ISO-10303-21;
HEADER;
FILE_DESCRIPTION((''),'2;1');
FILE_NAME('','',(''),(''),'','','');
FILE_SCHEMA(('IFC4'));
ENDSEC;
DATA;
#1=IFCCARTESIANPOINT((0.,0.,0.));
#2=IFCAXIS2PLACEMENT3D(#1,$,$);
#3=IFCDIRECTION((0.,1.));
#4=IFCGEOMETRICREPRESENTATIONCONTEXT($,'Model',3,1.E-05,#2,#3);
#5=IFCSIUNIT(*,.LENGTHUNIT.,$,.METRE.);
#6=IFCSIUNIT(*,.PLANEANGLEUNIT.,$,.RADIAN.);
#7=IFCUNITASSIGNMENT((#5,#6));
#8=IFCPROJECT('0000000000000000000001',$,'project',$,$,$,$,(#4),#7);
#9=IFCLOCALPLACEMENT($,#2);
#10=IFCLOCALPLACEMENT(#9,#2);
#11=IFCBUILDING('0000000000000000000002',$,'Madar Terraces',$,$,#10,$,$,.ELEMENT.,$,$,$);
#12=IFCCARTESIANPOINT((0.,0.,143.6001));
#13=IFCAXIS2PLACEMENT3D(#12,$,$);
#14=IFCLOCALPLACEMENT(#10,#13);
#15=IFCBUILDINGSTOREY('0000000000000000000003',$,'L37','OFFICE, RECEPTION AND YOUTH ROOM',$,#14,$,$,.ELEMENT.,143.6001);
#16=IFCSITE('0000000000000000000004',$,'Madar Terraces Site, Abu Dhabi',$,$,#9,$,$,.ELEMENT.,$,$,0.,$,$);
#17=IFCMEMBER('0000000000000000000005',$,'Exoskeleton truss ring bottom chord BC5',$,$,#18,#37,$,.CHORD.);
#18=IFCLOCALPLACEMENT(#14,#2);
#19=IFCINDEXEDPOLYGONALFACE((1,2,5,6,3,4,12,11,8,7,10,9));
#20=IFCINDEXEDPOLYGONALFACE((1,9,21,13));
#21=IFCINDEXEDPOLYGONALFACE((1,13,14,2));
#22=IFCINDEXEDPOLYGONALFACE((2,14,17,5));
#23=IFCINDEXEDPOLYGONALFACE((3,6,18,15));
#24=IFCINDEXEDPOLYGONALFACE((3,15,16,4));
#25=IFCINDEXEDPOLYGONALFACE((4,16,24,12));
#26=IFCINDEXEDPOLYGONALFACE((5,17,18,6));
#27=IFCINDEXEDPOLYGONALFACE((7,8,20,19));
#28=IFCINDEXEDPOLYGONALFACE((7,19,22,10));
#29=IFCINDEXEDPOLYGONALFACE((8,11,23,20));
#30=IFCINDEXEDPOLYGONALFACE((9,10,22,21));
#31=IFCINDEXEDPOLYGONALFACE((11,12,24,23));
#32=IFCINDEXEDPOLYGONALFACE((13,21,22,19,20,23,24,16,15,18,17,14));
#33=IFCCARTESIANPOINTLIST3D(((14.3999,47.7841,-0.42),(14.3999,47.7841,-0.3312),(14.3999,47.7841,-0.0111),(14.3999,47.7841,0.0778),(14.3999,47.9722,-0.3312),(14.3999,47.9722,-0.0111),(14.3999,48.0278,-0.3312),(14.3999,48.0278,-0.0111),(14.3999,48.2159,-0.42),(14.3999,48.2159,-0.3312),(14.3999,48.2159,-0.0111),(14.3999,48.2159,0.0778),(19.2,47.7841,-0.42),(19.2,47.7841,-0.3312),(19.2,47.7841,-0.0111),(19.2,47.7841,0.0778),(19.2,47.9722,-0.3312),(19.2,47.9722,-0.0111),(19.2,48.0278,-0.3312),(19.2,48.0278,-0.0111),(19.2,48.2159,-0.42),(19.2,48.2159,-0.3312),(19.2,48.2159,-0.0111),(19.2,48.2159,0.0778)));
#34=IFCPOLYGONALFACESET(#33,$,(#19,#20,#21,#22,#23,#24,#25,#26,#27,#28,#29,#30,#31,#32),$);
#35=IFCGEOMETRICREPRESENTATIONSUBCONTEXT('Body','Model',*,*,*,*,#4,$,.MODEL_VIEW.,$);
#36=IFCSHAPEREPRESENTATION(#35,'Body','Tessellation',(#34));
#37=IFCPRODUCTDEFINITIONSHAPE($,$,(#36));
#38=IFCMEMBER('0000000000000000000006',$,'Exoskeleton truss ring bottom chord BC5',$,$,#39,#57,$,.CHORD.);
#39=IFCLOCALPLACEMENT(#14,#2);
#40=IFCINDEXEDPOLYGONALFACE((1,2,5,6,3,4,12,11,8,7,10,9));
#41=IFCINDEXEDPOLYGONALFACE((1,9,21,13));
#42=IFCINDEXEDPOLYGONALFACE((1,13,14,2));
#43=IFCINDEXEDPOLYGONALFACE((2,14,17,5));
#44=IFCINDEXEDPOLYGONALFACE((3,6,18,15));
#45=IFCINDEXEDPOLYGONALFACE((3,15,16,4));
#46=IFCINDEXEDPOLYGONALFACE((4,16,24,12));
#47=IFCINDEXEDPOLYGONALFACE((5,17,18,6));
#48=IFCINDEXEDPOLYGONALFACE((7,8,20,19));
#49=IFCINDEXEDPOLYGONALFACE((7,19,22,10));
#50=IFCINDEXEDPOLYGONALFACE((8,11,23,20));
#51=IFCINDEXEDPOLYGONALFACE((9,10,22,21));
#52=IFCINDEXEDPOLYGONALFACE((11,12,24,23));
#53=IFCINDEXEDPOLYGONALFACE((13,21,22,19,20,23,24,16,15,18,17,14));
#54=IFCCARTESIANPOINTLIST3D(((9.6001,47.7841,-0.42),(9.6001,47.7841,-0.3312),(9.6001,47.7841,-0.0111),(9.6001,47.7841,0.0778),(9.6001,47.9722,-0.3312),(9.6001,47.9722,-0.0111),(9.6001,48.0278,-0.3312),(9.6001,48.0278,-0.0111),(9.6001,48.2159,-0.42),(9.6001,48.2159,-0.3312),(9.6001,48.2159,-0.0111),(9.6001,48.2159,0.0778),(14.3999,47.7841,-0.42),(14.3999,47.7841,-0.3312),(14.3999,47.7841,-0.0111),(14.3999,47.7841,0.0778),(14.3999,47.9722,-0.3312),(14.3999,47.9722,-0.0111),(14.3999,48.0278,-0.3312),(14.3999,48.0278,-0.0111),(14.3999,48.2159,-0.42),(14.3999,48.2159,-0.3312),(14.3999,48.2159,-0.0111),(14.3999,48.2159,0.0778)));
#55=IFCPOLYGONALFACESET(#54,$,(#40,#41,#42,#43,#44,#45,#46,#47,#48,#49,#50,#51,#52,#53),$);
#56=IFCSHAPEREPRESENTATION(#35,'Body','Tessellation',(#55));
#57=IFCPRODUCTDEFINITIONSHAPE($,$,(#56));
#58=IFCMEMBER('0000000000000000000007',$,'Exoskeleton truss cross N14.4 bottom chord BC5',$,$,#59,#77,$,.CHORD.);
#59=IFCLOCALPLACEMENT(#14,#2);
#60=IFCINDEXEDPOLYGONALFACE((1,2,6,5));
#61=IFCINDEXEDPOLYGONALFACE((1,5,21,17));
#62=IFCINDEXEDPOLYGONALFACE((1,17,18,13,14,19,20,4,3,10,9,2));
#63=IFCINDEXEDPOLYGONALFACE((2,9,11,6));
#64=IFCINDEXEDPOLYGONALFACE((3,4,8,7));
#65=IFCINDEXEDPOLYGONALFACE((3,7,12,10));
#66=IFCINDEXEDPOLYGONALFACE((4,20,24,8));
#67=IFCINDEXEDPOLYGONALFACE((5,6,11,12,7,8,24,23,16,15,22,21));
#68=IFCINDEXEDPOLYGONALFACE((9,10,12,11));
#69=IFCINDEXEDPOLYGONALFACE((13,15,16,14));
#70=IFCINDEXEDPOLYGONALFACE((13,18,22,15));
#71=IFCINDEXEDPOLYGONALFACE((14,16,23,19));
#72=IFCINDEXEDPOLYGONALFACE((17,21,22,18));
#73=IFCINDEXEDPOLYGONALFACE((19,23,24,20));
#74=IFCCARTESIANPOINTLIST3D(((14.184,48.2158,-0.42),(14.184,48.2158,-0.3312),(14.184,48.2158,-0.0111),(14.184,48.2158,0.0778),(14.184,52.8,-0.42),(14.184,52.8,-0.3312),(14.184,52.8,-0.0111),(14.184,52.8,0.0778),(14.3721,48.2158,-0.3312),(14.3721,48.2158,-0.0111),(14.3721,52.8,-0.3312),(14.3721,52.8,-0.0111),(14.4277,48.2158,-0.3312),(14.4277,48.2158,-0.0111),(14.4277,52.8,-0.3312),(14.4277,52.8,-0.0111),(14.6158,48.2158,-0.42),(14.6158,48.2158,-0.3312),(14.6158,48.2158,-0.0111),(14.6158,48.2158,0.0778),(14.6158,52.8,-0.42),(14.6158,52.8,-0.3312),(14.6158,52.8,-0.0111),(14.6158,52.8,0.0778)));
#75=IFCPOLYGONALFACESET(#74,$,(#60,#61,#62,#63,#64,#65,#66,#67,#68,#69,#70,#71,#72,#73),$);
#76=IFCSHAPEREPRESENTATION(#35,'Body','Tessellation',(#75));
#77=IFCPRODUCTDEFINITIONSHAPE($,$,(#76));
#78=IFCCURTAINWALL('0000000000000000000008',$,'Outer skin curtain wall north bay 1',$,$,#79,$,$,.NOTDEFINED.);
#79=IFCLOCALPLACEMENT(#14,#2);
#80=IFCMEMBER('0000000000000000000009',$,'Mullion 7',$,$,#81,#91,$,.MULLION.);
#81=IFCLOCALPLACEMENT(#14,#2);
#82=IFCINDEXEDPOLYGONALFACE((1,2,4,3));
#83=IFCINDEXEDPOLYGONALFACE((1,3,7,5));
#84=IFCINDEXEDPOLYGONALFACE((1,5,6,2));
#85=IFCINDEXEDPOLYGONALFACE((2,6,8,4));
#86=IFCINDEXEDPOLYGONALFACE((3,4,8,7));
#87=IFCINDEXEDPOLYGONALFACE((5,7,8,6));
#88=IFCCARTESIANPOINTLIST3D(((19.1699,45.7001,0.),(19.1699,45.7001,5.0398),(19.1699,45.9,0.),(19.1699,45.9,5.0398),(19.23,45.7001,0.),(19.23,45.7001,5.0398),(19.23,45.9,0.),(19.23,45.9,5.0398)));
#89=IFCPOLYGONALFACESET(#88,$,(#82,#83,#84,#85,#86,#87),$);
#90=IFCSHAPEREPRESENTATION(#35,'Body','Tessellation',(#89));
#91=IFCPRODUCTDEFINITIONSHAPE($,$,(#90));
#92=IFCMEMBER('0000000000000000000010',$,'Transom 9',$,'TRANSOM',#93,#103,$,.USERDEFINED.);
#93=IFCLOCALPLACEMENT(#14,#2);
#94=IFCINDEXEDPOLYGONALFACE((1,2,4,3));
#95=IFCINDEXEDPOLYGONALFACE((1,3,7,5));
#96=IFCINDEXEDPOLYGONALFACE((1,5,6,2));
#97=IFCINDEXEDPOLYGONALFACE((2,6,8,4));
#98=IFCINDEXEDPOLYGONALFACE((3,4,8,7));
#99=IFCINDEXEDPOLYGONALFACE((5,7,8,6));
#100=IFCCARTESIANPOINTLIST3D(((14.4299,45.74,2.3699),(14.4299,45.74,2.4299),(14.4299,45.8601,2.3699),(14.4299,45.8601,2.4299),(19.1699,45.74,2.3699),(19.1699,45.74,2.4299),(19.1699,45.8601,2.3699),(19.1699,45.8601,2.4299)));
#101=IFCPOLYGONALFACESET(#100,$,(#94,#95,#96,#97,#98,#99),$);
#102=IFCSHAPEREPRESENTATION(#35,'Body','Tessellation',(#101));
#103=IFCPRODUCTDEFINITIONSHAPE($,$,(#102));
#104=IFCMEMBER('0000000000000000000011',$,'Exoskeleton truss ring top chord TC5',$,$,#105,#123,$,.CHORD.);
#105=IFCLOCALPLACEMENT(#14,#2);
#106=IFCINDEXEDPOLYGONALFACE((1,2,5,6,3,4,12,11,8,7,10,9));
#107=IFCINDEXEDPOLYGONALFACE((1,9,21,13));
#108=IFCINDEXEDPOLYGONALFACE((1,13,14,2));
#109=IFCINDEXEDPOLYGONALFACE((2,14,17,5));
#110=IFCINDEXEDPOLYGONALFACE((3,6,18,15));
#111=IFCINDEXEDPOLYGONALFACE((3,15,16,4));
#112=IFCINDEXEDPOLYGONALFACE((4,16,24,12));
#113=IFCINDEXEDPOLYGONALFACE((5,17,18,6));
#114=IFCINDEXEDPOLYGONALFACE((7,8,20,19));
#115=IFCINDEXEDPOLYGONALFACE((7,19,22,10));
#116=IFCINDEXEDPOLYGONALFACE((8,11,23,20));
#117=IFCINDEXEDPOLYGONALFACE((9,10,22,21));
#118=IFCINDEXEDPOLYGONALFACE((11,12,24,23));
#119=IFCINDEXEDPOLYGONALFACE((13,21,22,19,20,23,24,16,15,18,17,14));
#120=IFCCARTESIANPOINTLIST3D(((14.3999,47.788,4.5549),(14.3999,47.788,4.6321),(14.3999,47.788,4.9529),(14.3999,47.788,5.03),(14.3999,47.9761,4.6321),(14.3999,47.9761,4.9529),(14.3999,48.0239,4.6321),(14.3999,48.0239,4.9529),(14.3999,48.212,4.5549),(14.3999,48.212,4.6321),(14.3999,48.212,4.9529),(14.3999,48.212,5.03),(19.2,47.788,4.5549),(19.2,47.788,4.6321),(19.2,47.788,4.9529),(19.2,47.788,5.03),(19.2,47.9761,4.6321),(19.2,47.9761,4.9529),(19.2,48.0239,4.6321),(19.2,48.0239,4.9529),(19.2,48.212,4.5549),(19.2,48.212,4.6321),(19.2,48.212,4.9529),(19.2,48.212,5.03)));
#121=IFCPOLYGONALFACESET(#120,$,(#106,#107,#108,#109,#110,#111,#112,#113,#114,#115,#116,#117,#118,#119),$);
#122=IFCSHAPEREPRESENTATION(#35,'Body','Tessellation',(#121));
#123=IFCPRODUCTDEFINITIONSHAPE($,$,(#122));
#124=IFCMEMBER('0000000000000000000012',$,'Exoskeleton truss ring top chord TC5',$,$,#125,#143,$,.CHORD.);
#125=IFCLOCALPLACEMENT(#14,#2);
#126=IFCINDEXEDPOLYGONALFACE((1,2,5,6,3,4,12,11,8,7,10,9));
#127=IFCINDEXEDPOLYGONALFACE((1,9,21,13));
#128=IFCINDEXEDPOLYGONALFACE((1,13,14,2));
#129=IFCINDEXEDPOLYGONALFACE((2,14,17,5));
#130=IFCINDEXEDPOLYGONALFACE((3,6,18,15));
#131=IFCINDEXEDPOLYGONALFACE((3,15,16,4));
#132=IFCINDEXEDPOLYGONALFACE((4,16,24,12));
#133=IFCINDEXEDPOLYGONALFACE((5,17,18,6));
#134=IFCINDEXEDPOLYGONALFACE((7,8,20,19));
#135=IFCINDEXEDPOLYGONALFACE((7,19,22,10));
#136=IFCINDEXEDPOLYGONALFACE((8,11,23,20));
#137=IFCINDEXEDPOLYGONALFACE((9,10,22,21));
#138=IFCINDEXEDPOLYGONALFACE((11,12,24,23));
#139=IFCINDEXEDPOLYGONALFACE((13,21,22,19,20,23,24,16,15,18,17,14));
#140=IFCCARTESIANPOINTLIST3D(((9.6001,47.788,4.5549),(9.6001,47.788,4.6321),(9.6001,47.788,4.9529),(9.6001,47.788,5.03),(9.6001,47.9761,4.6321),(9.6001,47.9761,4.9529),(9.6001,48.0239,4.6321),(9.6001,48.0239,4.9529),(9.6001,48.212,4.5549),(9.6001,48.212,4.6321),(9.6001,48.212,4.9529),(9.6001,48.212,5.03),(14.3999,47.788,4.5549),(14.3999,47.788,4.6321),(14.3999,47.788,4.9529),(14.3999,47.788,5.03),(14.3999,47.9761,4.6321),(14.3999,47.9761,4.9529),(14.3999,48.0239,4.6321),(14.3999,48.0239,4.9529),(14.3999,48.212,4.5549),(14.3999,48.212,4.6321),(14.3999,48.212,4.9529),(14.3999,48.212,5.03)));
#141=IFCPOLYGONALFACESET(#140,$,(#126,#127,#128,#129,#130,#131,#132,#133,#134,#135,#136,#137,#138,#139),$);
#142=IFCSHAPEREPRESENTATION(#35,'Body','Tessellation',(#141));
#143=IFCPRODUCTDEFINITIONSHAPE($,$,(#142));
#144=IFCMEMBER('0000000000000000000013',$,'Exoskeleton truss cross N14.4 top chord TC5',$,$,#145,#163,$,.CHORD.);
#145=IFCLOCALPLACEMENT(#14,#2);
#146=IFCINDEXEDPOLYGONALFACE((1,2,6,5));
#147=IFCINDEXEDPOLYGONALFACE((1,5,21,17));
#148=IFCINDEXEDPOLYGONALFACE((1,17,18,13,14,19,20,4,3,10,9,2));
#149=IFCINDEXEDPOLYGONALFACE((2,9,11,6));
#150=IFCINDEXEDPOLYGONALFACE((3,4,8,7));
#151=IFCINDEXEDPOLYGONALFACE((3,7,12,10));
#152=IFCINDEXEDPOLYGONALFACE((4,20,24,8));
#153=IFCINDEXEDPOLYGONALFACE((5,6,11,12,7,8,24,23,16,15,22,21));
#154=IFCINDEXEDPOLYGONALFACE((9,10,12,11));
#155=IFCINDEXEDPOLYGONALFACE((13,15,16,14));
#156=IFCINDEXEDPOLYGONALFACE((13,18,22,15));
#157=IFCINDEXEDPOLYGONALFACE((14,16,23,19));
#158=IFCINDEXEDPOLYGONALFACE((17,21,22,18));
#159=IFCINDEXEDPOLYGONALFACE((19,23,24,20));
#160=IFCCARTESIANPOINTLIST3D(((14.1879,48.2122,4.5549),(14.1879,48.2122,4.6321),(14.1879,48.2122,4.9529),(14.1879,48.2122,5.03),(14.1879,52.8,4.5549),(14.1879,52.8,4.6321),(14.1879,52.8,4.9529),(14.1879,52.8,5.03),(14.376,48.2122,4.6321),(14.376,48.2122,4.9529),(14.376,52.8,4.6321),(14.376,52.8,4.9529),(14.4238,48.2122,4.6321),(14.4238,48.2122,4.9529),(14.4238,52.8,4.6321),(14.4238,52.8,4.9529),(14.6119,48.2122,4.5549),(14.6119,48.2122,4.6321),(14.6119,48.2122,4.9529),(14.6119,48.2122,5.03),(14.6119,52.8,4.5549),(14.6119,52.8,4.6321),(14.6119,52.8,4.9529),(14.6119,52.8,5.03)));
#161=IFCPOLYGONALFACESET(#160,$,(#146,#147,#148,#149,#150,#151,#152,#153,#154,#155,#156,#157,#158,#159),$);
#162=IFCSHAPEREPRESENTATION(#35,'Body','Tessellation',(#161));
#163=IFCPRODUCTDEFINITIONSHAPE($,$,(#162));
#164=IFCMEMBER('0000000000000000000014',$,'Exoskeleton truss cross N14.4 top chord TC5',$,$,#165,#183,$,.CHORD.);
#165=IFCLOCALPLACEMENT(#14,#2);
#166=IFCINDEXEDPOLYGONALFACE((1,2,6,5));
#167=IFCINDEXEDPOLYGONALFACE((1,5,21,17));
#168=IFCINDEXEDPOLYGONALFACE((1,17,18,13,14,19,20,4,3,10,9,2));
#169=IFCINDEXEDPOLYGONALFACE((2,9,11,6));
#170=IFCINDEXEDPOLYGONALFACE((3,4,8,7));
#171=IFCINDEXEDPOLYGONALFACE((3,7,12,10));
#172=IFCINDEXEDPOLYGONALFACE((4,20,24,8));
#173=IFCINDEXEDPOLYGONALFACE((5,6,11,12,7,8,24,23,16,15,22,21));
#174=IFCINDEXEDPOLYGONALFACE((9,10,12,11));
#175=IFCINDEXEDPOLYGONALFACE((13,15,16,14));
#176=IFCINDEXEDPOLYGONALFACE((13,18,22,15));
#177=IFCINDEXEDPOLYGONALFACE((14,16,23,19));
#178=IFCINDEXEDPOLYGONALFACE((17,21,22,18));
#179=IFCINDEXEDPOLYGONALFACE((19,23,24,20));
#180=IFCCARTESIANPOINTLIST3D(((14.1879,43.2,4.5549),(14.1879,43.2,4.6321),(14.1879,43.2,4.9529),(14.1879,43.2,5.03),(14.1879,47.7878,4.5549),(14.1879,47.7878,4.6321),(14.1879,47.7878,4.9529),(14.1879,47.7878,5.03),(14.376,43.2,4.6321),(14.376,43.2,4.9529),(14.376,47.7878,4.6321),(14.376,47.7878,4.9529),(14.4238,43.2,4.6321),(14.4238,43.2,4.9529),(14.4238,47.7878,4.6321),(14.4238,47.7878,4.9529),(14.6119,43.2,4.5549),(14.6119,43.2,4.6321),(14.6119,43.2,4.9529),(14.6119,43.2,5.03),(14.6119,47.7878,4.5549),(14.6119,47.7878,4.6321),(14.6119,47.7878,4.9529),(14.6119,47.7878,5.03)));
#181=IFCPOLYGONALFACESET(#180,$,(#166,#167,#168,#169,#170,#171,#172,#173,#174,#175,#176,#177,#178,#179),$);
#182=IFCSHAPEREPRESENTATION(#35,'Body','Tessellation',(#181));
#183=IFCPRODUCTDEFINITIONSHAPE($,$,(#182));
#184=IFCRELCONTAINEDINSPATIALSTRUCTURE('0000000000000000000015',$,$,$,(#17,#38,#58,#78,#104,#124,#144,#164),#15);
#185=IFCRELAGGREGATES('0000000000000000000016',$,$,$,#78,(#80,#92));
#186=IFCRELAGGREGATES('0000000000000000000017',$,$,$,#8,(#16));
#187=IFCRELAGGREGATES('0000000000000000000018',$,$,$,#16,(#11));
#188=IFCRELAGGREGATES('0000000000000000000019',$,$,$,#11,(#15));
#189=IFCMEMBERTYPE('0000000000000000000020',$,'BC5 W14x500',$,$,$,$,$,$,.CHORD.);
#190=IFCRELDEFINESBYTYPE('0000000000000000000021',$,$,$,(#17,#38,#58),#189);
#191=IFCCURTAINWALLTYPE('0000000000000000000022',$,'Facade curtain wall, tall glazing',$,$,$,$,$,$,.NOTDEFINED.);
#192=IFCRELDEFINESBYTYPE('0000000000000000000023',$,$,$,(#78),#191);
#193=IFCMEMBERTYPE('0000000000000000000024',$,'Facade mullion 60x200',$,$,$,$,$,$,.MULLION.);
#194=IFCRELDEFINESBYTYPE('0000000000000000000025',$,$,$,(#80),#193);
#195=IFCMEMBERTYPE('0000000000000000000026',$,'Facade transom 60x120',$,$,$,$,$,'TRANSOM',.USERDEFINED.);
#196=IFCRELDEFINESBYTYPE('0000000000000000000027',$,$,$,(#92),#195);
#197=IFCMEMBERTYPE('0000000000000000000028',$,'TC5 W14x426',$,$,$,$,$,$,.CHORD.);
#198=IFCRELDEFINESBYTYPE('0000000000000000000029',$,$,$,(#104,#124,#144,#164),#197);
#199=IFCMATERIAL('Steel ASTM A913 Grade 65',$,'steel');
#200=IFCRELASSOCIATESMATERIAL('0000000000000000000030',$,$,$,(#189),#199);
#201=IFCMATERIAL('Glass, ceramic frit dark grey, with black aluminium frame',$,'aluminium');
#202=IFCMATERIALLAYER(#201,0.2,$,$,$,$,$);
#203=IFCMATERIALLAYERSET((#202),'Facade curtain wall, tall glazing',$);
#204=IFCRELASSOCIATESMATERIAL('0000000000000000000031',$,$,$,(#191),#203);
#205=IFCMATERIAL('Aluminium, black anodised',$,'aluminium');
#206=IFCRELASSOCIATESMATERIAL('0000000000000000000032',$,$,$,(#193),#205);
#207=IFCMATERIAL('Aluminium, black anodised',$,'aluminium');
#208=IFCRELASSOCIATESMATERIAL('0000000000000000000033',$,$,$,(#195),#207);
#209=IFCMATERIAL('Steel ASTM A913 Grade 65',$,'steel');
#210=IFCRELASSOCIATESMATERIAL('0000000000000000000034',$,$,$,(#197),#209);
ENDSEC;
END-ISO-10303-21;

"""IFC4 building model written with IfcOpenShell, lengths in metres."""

from ifc_helpers import new_model, si_unit, direction, frame, origin, origin_2d, place, context, subcontext, project, spatial, rectangle, i_section, extrude, material, layer, layer_set, material_profile, profile_set, type_object, element, aggregate, save


model = new_model("IFC4")

# Units and contexts
model_context = context("Model", 3, precision=1e-05, world=origin(), true_north=direction((0.0, 1.0)))
body_context = subcontext(model_context, "Body", "Model", "MODEL_VIEW")
ifc_project = project(units=[si_unit("LENGTHUNIT", "METRE"), si_unit("PLANEANGLEUNIT", "RADIAN")], contexts=[model_context])

# Site, building, storey
site_placement = place(None, origin())
site = spatial("IfcSite", under=ifc_project, at=site_placement, Name="Madar Terraces Site, Abu Dhabi", CompositionType="ELEMENT", RefElevation=0.0)
building_placement = place(site_placement, origin())
building = spatial("IfcBuilding", under=site, at=building_placement, Name="Madar Terraces", CompositionType="ELEMENT")
storey_placement = place(building_placement, frame((0.0, 0.0, 143.6001)))
storey = spatial("IfcBuildingStorey", under=building, at=storey_placement, Name="L37", Description="OFFICE, RECEPTION AND YOUTH ROOM", CompositionType="ELEMENT", Elevation=143.6001)

# Members
ifc_material_1 = material(Name="Steel ASTM A913 Grade 65", Category="steel")
ifc_material_profile_1 = material_profile(ifc_material_1, i_section(OverallWidth=0.4319, OverallDepth=0.4978, WebThickness=0.0557, FlangeThickness=0.0889, at=origin_2d()), Name="W14x500")
ifc_profile_set_1 = profile_set([ifc_material_profile_1], Name="Steel ASTM A913 Grade 65")
member_type_1 = type_object("IfcMemberType", Name="BC5 W14x500", PredefinedType="CHORD", material=ifc_profile_set_1)
member_1_placement = place(storey_placement, frame((19.2, 48.0, -0.1711), z_axis=(-1.0, 0.0, 0.0), x_axis=(0.0, -1.0, 0.0)))
element("IfcMember", 1, at=member_1_placement, inside=storey, type_object=member_type_1, Name="Exoskeleton truss ring bottom chord BC5", PredefinedType="CHORD", context=body_context, shape_type="SweptSolid", body=[
    extrude(i_section(OverallWidth=0.4319, OverallDepth=0.4978, WebThickness=0.0557, FlangeThickness=0.0889, at=origin_2d()), origin(), (0.0, 0.0, 1.0), 4.8),
])
member_2_placement = place(storey_placement, frame((14.3999, 48.0, -0.1711), z_axis=(-1.0, 0.0, 0.0), x_axis=(0.0, -1.0, 0.0)))
element("IfcMember", 2, at=member_2_placement, inside=storey, type_object=member_type_1, Name="Exoskeleton truss ring bottom chord BC5", PredefinedType="CHORD", context=body_context, shape_type="SweptSolid", body=[
    extrude(i_section(OverallWidth=0.4319, OverallDepth=0.4978, WebThickness=0.0557, FlangeThickness=0.0889, at=origin_2d()), origin(), (0.0, 0.0, 1.0), 4.7998),
])
member_3_placement = place(storey_placement, frame((14.3999, 52.8, -0.1711), z_axis=(0.0, -1.0, 0.0), x_axis=(1.0, 0.0, 0.0)))
element("IfcMember", 3, at=member_3_placement, inside=storey, type_object=member_type_1, Name="Exoskeleton truss cross N14.4 bottom chord BC5", PredefinedType="CHORD", context=body_context, shape_type="SweptSolid", body=[
    extrude(i_section(OverallWidth=0.4319, OverallDepth=0.4978, WebThickness=0.0557, FlangeThickness=0.0889, at=origin_2d()), origin(), (0.0, 0.0, 1.0), 4.5842),
])

# Curtain wall, members
ifc_material_2 = material(Name="Glass, ceramic frit dark grey, with black aluminium frame", Category="aluminium")
ifc_layer_1 = layer(ifc_material_2, 0.2)
ifc_layer_set_1 = layer_set([ifc_layer_1], Name="Facade curtain wall, tall glazing")
curtain_wall_type = type_object("IfcCurtainWallType", Name="Facade curtain wall, tall glazing", PredefinedType="NOTDEFINED", material=ifc_layer_set_1)
curtain_wall_placement = place(storey_placement, origin())
curtain_wall = element("IfcCurtainWall", 4, at=curtain_wall_placement, inside=storey, type_object=curtain_wall_type, Name="Outer skin curtain wall north bay 1", PredefinedType="NOTDEFINED")
ifc_material_3 = material(Name="Aluminium, black anodised", Category="aluminium")
ifc_material_profile_2 = material_profile(ifc_material_3, rectangle(XDim=0.2, YDim=0.0601, at=origin_2d()), Name="Facade mullion 60x200")
ifc_profile_set_2 = profile_set([ifc_material_profile_2], Name="Aluminium, black anodised")
member_type_2 = type_object("IfcMemberType", Name="Facade mullion 60x200", PredefinedType="MULLION", material=ifc_profile_set_2)
member_4_placement = place(storey_placement, frame((19.2, 45.8, 0.0), z_axis=(0.0, 0.0, 1.0), x_axis=(0.0, -1.0, 0.0)))
member_4 = element("IfcMember", 5, at=member_4_placement, type_object=member_type_2, Name="Mullion 7", PredefinedType="MULLION", context=body_context, shape_type="SweptSolid", body=[
    extrude(rectangle(XDim=0.2, YDim=0.0601, at=origin_2d()), origin(), (0.0, 0.0, 1.0), 5.0398),
])
ifc_material_4 = material(Name="Aluminium, black anodised", Category="aluminium")
ifc_material_profile_3 = material_profile(ifc_material_4, rectangle(XDim=0.1201, YDim=0.0601, at=origin_2d()), Name="Facade transom 60x120")
ifc_profile_set_3 = profile_set([ifc_material_profile_3], Name="Aluminium, black anodised")
member_type_3 = type_object("IfcMemberType", Name="Facade transom 60x120", ElementType="TRANSOM", PredefinedType="USERDEFINED", material=ifc_profile_set_3)
member_5_placement = place(storey_placement, frame((19.1699, 45.8, 2.3999), z_axis=(-1.0, 0.0, 0.0), x_axis=(0.0, -1.0, 0.0)))
member_5 = element("IfcMember", 6, at=member_5_placement, type_object=member_type_3, Name="Transom 9", ObjectType="TRANSOM", PredefinedType="USERDEFINED", context=body_context, shape_type="SweptSolid", body=[
    extrude(rectangle(XDim=0.1201, YDim=0.0601, at=origin_2d()), origin(), (0.0, 0.0, 1.0), 4.74),
])

# Members
ifc_material_5 = material(Name="Steel ASTM A913 Grade 65", Category="steel")
ifc_material_profile_4 = material_profile(ifc_material_5, i_section(OverallWidth=0.4241, OverallDepth=0.4751, WebThickness=0.0479, FlangeThickness=0.0771, at=origin_2d()), Name="W14x426")
ifc_profile_set_4 = profile_set([ifc_material_profile_4], Name="Steel ASTM A913 Grade 65")
member_type_4 = type_object("IfcMemberType", Name="TC5 W14x426", PredefinedType="CHORD", material=ifc_profile_set_4)
member_6_placement = place(storey_placement, frame((19.2, 48.0, 4.7925), z_axis=(-1.0, 0.0, 0.0), x_axis=(0.0, -1.0, 0.0)))
element("IfcMember", 7, at=member_6_placement, inside=storey, type_object=member_type_4, Name="Exoskeleton truss ring top chord TC5", PredefinedType="CHORD", context=body_context, shape_type="SweptSolid", body=[
    extrude(i_section(OverallWidth=0.4241, OverallDepth=0.4751, WebThickness=0.0479, FlangeThickness=0.0771, at=origin_2d()), origin(), (0.0, 0.0, 1.0), 4.8),
])
member_7_placement = place(storey_placement, frame((14.3999, 48.0, 4.7925), z_axis=(-1.0, 0.0, 0.0), x_axis=(0.0, -1.0, 0.0)))
element("IfcMember", 8, at=member_7_placement, inside=storey, type_object=member_type_4, Name="Exoskeleton truss ring top chord TC5", PredefinedType="CHORD", context=body_context, shape_type="SweptSolid", body=[
    extrude(i_section(OverallWidth=0.4241, OverallDepth=0.4751, WebThickness=0.0479, FlangeThickness=0.0771, at=origin_2d()), origin(), (0.0, 0.0, 1.0), 4.7998),
])
for number, where, z_axis, x_axis, name in (
    (9, (14.3999, 52.8, 4.7925), (0.0, -1.0, 0.0), (1.0, 0.0, 0.0), "Exoskeleton truss cross N14.4 top chord TC5"),
    (10, (14.3999, 47.7878, 4.7925), (0.0, -1.0, 0.0), (1.0, 0.0, 0.0), "Exoskeleton truss cross N14.4 top chord TC5"),
):
    element("IfcMember", number, at=place(storey_placement, frame(where, z_axis=z_axis, x_axis=x_axis)), inside=storey, type_object=member_type_4, Name=name, PredefinedType="CHORD", context=body_context, shape_type="SweptSolid", body=[
        extrude(i_section(OverallWidth=0.4241, OverallDepth=0.4751, WebThickness=0.0479, FlangeThickness=0.0771, at=origin_2d()), origin(), (0.0, 0.0, 1.0), 4.5879),
    ])

aggregate(curtain_wall, [member_4, member_5])

save(model, "model.ifc")
